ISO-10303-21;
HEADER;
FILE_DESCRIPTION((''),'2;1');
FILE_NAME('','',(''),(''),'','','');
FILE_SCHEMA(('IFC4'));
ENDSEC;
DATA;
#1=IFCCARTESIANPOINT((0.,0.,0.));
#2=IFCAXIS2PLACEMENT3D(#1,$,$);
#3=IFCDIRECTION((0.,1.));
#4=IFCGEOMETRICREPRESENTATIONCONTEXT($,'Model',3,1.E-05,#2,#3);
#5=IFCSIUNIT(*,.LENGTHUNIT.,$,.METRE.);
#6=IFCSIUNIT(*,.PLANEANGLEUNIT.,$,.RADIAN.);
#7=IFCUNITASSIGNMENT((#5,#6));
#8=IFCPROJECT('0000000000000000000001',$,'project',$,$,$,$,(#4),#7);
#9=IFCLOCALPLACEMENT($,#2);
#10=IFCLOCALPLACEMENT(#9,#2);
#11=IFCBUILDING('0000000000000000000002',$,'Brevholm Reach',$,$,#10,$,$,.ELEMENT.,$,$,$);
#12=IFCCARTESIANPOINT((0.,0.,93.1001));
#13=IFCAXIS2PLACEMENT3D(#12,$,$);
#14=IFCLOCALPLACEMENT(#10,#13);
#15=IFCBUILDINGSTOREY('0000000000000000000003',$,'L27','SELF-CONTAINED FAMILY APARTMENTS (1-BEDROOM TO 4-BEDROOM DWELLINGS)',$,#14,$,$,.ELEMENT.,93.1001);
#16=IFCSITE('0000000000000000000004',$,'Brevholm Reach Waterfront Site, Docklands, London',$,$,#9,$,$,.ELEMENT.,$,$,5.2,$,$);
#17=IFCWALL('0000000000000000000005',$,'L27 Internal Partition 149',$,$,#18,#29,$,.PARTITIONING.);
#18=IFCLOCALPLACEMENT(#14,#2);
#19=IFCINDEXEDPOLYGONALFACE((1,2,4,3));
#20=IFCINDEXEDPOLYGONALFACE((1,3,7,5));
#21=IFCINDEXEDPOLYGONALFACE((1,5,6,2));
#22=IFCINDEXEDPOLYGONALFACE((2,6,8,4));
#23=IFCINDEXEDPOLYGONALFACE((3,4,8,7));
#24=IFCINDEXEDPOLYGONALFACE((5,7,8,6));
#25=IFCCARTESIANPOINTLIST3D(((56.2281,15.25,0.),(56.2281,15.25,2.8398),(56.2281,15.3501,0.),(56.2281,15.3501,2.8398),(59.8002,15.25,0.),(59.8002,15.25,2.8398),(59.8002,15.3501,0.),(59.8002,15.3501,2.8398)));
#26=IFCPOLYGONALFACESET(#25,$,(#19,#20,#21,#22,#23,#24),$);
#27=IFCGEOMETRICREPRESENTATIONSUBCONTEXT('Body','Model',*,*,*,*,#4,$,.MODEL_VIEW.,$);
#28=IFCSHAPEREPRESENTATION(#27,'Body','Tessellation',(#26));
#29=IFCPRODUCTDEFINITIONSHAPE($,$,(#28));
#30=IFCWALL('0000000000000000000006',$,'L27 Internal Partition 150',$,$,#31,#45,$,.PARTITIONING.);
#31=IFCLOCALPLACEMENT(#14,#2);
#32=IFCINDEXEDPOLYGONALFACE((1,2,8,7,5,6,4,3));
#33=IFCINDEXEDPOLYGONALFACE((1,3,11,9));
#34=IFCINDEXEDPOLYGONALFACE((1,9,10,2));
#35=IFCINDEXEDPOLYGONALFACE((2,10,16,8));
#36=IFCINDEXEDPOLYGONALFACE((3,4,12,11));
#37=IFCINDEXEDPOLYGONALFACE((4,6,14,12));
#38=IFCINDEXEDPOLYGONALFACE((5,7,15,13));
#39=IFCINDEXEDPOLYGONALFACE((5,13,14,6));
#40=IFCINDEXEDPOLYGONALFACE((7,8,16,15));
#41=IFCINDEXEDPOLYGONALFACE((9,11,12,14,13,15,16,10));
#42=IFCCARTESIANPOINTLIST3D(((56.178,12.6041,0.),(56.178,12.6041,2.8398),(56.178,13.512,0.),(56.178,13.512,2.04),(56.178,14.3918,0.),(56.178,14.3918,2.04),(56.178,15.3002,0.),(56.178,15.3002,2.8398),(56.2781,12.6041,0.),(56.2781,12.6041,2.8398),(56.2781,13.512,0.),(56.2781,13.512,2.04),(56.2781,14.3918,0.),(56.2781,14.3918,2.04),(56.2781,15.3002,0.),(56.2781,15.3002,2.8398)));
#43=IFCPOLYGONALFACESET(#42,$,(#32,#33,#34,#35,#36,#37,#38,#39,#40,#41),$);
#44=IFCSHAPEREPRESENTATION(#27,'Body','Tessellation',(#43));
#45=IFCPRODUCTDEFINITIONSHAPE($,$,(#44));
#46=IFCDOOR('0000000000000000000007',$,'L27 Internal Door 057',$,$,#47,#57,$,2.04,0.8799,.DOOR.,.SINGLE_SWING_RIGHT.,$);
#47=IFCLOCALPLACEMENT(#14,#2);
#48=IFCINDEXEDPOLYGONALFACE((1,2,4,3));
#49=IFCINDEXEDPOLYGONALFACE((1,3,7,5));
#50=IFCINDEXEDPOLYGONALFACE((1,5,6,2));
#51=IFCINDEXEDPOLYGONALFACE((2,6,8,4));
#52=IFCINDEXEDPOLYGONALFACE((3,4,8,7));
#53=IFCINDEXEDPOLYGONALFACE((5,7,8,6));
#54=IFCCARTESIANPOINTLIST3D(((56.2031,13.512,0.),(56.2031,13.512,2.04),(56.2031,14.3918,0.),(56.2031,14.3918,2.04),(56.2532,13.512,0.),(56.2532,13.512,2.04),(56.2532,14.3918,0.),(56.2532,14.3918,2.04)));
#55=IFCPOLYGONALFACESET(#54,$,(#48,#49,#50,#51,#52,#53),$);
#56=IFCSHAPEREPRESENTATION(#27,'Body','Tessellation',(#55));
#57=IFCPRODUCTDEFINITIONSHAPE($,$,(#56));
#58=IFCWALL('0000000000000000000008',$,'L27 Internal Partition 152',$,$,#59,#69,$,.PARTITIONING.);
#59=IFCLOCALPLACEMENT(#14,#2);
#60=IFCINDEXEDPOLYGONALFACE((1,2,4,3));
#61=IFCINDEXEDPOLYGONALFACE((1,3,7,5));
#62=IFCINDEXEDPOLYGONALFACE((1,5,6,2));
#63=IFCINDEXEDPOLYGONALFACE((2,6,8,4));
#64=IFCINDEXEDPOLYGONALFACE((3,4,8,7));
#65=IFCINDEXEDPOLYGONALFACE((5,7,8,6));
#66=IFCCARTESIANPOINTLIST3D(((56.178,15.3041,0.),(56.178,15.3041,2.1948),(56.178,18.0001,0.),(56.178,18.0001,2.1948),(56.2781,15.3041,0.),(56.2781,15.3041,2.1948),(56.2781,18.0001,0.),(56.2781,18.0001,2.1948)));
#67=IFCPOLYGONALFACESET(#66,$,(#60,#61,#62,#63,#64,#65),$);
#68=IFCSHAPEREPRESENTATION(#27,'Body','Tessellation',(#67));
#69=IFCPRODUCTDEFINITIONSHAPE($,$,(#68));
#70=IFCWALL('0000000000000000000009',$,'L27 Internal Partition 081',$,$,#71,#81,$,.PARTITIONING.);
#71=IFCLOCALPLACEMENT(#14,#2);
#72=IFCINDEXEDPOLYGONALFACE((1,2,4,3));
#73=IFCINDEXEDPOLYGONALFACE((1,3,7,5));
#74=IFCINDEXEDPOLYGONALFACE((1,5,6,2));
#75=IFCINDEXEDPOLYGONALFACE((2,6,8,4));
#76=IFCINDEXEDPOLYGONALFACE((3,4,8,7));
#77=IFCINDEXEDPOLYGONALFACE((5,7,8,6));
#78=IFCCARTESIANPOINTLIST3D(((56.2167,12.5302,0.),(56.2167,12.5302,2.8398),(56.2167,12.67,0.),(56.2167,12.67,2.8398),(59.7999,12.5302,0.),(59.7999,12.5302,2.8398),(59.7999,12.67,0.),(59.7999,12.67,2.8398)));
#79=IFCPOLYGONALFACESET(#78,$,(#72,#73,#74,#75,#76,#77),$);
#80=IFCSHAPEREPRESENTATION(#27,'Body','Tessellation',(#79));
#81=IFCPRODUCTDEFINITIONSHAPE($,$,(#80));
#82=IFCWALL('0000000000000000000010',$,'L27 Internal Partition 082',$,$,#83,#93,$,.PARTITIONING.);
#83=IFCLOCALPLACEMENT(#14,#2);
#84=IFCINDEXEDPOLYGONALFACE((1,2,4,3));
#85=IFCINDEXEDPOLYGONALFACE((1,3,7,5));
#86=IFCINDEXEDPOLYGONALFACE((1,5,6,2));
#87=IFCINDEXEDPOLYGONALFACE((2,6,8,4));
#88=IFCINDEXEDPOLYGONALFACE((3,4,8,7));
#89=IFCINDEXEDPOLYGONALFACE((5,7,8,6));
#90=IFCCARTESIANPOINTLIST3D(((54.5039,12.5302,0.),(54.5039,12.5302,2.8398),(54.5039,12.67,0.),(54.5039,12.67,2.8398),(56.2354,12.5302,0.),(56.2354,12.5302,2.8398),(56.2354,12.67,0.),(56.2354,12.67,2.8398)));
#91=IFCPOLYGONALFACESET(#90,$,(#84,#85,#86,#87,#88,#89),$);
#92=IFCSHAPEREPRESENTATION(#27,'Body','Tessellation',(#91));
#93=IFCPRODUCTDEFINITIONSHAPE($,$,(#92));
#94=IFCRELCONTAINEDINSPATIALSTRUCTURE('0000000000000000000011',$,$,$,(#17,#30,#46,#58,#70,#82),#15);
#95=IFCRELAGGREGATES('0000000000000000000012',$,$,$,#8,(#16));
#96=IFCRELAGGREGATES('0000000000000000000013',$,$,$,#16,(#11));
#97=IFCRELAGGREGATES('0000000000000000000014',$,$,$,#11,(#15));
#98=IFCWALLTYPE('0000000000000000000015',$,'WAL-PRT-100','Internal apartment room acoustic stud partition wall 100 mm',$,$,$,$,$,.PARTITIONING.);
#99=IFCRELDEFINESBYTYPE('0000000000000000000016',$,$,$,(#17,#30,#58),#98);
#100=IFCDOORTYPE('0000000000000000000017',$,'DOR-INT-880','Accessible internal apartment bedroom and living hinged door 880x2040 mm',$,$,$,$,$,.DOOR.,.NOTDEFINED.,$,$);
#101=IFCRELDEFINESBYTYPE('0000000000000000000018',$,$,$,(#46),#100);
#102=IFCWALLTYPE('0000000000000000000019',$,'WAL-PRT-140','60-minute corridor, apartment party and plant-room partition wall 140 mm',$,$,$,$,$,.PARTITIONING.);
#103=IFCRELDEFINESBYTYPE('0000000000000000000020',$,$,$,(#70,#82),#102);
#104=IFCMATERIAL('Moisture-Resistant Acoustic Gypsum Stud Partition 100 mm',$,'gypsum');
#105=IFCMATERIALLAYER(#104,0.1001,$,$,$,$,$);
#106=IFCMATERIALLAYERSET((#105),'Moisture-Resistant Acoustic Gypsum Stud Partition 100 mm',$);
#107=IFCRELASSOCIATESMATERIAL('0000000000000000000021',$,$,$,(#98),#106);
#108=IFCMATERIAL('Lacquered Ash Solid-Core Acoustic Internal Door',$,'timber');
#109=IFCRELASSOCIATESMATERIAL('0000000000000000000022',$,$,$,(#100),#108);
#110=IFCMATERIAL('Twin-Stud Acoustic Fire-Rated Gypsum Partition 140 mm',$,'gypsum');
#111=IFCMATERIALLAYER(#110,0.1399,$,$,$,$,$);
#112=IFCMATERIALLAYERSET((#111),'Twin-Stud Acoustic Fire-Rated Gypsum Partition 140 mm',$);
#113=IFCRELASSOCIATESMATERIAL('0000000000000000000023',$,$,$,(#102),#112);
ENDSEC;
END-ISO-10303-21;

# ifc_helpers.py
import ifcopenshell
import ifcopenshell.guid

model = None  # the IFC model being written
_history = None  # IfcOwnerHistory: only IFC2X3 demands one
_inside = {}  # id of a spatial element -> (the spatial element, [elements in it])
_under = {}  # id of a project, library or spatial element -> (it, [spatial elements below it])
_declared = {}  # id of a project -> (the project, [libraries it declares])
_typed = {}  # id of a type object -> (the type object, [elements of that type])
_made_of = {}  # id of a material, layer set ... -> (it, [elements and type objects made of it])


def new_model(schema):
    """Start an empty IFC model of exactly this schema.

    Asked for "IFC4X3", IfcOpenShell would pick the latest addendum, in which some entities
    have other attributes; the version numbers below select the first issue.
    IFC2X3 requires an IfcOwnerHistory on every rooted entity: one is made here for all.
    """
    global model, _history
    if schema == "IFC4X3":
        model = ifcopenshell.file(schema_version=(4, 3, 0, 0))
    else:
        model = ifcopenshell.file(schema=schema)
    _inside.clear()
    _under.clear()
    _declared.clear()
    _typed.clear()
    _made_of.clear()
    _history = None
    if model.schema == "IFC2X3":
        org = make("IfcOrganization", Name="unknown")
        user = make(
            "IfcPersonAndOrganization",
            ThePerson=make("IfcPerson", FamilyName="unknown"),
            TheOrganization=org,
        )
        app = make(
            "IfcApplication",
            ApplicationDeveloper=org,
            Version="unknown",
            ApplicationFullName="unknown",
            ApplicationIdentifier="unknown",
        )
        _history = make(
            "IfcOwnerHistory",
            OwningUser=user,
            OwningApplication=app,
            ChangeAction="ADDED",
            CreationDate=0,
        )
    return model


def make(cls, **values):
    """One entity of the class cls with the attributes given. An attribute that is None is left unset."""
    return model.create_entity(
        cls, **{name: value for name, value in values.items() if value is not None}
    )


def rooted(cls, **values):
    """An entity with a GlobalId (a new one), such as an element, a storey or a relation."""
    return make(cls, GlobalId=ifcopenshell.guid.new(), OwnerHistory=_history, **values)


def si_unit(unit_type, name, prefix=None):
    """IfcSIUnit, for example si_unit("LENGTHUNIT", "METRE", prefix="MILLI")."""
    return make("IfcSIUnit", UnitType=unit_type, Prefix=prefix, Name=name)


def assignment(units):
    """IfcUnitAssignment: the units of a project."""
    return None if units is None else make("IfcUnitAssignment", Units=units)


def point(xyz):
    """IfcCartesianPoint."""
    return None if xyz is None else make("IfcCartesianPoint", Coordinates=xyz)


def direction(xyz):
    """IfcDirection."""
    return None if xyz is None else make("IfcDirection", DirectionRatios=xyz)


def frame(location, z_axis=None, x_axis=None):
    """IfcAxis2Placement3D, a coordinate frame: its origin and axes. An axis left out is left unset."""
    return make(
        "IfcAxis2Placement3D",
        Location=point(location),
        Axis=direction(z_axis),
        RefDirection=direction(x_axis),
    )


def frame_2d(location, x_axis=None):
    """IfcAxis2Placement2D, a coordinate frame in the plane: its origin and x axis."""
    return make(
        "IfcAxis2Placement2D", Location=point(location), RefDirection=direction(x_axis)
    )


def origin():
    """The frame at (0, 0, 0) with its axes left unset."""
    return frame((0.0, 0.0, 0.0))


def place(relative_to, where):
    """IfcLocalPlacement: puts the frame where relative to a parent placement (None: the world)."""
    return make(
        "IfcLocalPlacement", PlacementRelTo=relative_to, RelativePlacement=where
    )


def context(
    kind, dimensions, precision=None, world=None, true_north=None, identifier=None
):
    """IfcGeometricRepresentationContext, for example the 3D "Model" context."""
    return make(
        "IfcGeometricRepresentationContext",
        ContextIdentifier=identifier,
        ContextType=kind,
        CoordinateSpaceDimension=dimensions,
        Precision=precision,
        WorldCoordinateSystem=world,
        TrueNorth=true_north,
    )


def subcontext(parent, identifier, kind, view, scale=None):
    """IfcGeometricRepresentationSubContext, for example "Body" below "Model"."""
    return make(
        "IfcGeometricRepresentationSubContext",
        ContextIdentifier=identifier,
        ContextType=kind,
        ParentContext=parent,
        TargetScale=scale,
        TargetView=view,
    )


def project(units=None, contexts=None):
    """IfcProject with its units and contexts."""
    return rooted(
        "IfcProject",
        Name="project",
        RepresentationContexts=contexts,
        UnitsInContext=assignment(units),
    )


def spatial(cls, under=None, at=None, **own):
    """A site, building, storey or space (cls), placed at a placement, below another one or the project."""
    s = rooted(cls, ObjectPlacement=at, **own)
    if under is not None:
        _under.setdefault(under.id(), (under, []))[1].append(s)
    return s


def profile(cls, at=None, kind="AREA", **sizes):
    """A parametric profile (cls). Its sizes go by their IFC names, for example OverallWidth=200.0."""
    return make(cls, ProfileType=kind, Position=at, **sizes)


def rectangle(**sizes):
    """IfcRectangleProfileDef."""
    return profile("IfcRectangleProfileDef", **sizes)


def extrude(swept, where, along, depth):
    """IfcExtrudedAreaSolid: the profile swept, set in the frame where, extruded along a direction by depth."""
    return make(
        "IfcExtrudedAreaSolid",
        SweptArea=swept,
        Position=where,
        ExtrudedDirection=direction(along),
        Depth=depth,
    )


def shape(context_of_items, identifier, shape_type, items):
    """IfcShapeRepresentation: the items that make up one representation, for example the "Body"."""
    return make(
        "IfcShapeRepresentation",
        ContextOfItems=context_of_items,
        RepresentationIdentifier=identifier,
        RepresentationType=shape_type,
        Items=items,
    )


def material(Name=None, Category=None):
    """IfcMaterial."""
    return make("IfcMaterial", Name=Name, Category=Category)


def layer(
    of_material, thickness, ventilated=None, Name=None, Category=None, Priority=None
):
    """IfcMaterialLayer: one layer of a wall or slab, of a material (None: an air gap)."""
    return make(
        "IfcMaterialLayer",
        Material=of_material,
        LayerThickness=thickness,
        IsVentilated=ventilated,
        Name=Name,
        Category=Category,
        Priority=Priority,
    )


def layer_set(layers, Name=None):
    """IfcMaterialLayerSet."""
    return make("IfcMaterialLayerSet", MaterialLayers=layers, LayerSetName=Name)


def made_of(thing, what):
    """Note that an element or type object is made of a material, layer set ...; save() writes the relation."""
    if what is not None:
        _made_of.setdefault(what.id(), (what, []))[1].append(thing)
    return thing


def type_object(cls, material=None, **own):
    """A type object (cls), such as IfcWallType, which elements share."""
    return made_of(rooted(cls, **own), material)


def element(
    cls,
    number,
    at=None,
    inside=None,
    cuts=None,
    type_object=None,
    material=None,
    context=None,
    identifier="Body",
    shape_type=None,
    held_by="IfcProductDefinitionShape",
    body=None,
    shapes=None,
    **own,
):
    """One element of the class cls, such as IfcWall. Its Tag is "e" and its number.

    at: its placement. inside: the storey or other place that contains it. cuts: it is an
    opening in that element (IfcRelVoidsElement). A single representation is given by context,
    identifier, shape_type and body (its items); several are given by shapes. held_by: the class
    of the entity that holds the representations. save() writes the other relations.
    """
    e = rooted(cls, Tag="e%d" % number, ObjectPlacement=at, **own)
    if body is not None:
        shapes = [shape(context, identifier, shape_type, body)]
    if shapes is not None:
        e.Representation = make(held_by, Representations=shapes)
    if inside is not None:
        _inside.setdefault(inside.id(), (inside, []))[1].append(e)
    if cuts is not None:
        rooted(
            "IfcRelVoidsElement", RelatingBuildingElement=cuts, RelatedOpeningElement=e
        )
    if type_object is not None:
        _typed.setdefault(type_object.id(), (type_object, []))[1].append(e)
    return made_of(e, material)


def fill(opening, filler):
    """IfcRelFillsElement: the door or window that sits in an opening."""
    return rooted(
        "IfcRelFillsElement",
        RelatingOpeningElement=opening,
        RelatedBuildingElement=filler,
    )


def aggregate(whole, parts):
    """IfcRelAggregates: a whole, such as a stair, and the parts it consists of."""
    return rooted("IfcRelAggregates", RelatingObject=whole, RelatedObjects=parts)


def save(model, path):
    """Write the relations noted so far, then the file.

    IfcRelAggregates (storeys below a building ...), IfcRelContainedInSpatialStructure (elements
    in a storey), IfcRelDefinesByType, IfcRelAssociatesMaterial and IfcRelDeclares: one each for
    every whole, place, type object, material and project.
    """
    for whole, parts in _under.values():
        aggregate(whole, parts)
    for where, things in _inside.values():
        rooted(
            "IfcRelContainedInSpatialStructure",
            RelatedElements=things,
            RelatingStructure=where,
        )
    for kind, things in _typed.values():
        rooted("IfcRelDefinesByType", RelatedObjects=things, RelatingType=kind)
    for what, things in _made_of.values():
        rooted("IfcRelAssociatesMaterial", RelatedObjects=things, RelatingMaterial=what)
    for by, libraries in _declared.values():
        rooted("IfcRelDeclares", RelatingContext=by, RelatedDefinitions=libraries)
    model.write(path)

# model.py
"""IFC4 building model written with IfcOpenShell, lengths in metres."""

from ifc_helpers import new_model, si_unit, direction, frame, frame_2d, origin, place, context, subcontext, project, spatial, rectangle, extrude, material, layer, layer_set, type_object, element, fill, save


model = new_model("IFC4")

# Units and contexts
model_context = context("Model", 3, precision=1e-05, world=origin(), true_north=direction((0.0, 1.0)))
body_context = subcontext(model_context, "Body", "Model", "MODEL_VIEW")
ifc_project = project(units=[si_unit("LENGTHUNIT", "METRE"), si_unit("PLANEANGLEUNIT", "RADIAN")], contexts=[model_context])

# Site, building, storey
site_placement = place(None, origin())
site = spatial("IfcSite", under=ifc_project, at=site_placement, Name="Brevholm Reach Waterfront Site, Docklands, London", CompositionType="ELEMENT", RefElevation=5.2)
building_placement = place(site_placement, origin())
building = spatial("IfcBuilding", under=site, at=building_placement, Name="Brevholm Reach", CompositionType="ELEMENT")
storey_placement = place(building_placement, frame((0.0, 0.0, 93.1001)))
storey = spatial("IfcBuildingStorey", under=building, at=storey_placement, Name="L27", Description="SELF-CONTAINED FAMILY APARTMENTS (1-BEDROOM TO 4-BEDROOM DWELLINGS)", CompositionType="ELEMENT", Elevation=93.1001)

# Wall
ifc_material_1 = material(Name="Moisture-Resistant Acoustic Gypsum Stud Partition 100 mm", Category="gypsum")
ifc_layer_1 = layer(ifc_material_1, 0.1001)
ifc_layer_set_1 = layer_set([ifc_layer_1], Name="Moisture-Resistant Acoustic Gypsum Stud Partition 100 mm")
wall_type_1 = type_object("IfcWallType", Name="WAL-PRT-100", Description="Internal apartment room acoustic stud partition wall 100 mm", PredefinedType="PARTITIONING", material=ifc_layer_set_1)
wall_1_placement = place(storey_placement, frame((56.228, 15.3, 0.0), z_axis=(0.0, 0.0, 1.0), x_axis=(1.0, 0.0, 0.0)))
element("IfcWall", 1, at=wall_1_placement, inside=storey, type_object=wall_type_1, Name="L27 Internal Partition 149", PredefinedType="PARTITIONING", context=body_context, shape_type="SweptSolid", body=[
    extrude(rectangle(XDim=3.572, YDim=0.1001, at=frame_2d((1.7861, 0.0))), origin(), (0.0, 0.0, 1.0), 2.8398),
])

# Wall, opening, door
wall_2_placement = place(storey_placement, frame((56.228, 12.604, 0.0), z_axis=(0.0, 0.0, 1.0), x_axis=(0.0, 1.0, 0.0)))
wall_2 = element("IfcWall", 2, at=wall_2_placement, inside=storey, type_object=wall_type_1, Name="L27 Internal Partition 150", PredefinedType="PARTITIONING", context=body_context, shape_type="SweptSolid", body=[
    extrude(rectangle(XDim=2.696, YDim=0.1001, at=frame_2d((1.3481, 0.0))), origin(), (0.0, 0.0, 1.0), 2.8398),
])
opening_placement = place(wall_2_placement, frame((0.908, 0.0, 0.0)))
opening = element("IfcOpeningElement", 3, at=opening_placement, cuts=wall_2, PredefinedType="OPENING", context=body_context, shape_type="SweptSolid", body=[
    extrude(rectangle(XDim=0.8799, YDim=2.04, at=frame_2d((0.4399, 1.02))), frame((0.0, 0.0601, 0.0), z_axis=(0.0, -1.0, 0.0), x_axis=(1.0, 0.0, 0.0)), (0.0, 0.0, 1.0), 0.1201),
])
ifc_material_2 = material(Name="Lacquered Ash Solid-Core Acoustic Internal Door", Category="timber")
door_type = type_object("IfcDoorType", Name="DOR-INT-880", Description="Accessible internal apartment bedroom and living hinged door 880x2040 mm", OperationType="NOTDEFINED", PredefinedType="DOOR", material=ifc_material_2)
door_placement = place(opening_placement, origin())
door = element("IfcDoor", 4, at=door_placement, inside=storey, type_object=door_type, Name="L27 Internal Door 057", OperationType="SINGLE_SWING_RIGHT", OverallHeight=2.04, OverallWidth=0.8799, PredefinedType="DOOR", context=body_context, shape_type="SweptSolid", body=[
    extrude(rectangle(XDim=0.8799, YDim=2.04, at=frame_2d((0.4399, 1.02))), frame((0.0, 0.0249, 0.0), z_axis=(0.0, -1.0, 0.0), x_axis=(1.0, 0.0, 0.0)), (0.0, 0.0, 1.0), 0.05),
])
fill(opening, door)

# Walls
wall_3_placement = place(storey_placement, frame((56.228, 15.304, 0.0), z_axis=(0.0, 0.0, 1.0), x_axis=(0.0, 1.0, 0.0)))
element("IfcWall", 5, at=wall_3_placement, inside=storey, type_object=wall_type_1, Name="L27 Internal Partition 152", PredefinedType="PARTITIONING", context=body_context, shape_type="SweptSolid", body=[
    extrude(rectangle(XDim=2.696, YDim=0.1001, at=frame_2d((1.3481, 0.0))), origin(), (0.0, 0.0, 1.0), 2.1948),
])
ifc_material_3 = material(Name="Twin-Stud Acoustic Fire-Rated Gypsum Partition 140 mm", Category="gypsum")
ifc_layer_2 = layer(ifc_material_3, 0.1399)
ifc_layer_set_2 = layer_set([ifc_layer_2], Name="Twin-Stud Acoustic Fire-Rated Gypsum Partition 140 mm")
wall_type_2 = type_object("IfcWallType", Name="WAL-PRT-140", Description="60-minute corridor, apartment party and plant-room partition wall 140 mm", PredefinedType="PARTITIONING", material=ifc_layer_set_2)
wall_4_placement = place(storey_placement, frame((56.2168, 12.6001, 0.0), z_axis=(0.0, 0.0, 1.0), x_axis=(1.0, 0.0, 0.0)))
element("IfcWall", 6, at=wall_4_placement, inside=storey, type_object=wall_type_2, Name="L27 Internal Partition 081", PredefinedType="PARTITIONING", context=body_context, shape_type="SweptSolid", body=[
    extrude(rectangle(XDim=3.5833, YDim=0.1399, at=frame_2d((1.7915, 0.0))), origin(), (0.0, 0.0, 1.0), 2.8398),
])
wall_5_placement = place(storey_placement, frame((54.5039, 12.6001, 0.0), z_axis=(0.0, 0.0, 1.0), x_axis=(1.0, 0.0, 0.0)))
element("IfcWall", 7, at=wall_5_placement, inside=storey, type_object=wall_type_2, Name="L27 Internal Partition 082", PredefinedType="PARTITIONING", context=body_context, shape_type="SweptSolid", body=[
    extrude(rectangle(XDim=1.7314, YDim=0.1399, at=frame_2d((0.8657, 0.0))), origin(), (0.0, 0.0, 1.0), 2.8398),
])

save(model, "model.ifc")
